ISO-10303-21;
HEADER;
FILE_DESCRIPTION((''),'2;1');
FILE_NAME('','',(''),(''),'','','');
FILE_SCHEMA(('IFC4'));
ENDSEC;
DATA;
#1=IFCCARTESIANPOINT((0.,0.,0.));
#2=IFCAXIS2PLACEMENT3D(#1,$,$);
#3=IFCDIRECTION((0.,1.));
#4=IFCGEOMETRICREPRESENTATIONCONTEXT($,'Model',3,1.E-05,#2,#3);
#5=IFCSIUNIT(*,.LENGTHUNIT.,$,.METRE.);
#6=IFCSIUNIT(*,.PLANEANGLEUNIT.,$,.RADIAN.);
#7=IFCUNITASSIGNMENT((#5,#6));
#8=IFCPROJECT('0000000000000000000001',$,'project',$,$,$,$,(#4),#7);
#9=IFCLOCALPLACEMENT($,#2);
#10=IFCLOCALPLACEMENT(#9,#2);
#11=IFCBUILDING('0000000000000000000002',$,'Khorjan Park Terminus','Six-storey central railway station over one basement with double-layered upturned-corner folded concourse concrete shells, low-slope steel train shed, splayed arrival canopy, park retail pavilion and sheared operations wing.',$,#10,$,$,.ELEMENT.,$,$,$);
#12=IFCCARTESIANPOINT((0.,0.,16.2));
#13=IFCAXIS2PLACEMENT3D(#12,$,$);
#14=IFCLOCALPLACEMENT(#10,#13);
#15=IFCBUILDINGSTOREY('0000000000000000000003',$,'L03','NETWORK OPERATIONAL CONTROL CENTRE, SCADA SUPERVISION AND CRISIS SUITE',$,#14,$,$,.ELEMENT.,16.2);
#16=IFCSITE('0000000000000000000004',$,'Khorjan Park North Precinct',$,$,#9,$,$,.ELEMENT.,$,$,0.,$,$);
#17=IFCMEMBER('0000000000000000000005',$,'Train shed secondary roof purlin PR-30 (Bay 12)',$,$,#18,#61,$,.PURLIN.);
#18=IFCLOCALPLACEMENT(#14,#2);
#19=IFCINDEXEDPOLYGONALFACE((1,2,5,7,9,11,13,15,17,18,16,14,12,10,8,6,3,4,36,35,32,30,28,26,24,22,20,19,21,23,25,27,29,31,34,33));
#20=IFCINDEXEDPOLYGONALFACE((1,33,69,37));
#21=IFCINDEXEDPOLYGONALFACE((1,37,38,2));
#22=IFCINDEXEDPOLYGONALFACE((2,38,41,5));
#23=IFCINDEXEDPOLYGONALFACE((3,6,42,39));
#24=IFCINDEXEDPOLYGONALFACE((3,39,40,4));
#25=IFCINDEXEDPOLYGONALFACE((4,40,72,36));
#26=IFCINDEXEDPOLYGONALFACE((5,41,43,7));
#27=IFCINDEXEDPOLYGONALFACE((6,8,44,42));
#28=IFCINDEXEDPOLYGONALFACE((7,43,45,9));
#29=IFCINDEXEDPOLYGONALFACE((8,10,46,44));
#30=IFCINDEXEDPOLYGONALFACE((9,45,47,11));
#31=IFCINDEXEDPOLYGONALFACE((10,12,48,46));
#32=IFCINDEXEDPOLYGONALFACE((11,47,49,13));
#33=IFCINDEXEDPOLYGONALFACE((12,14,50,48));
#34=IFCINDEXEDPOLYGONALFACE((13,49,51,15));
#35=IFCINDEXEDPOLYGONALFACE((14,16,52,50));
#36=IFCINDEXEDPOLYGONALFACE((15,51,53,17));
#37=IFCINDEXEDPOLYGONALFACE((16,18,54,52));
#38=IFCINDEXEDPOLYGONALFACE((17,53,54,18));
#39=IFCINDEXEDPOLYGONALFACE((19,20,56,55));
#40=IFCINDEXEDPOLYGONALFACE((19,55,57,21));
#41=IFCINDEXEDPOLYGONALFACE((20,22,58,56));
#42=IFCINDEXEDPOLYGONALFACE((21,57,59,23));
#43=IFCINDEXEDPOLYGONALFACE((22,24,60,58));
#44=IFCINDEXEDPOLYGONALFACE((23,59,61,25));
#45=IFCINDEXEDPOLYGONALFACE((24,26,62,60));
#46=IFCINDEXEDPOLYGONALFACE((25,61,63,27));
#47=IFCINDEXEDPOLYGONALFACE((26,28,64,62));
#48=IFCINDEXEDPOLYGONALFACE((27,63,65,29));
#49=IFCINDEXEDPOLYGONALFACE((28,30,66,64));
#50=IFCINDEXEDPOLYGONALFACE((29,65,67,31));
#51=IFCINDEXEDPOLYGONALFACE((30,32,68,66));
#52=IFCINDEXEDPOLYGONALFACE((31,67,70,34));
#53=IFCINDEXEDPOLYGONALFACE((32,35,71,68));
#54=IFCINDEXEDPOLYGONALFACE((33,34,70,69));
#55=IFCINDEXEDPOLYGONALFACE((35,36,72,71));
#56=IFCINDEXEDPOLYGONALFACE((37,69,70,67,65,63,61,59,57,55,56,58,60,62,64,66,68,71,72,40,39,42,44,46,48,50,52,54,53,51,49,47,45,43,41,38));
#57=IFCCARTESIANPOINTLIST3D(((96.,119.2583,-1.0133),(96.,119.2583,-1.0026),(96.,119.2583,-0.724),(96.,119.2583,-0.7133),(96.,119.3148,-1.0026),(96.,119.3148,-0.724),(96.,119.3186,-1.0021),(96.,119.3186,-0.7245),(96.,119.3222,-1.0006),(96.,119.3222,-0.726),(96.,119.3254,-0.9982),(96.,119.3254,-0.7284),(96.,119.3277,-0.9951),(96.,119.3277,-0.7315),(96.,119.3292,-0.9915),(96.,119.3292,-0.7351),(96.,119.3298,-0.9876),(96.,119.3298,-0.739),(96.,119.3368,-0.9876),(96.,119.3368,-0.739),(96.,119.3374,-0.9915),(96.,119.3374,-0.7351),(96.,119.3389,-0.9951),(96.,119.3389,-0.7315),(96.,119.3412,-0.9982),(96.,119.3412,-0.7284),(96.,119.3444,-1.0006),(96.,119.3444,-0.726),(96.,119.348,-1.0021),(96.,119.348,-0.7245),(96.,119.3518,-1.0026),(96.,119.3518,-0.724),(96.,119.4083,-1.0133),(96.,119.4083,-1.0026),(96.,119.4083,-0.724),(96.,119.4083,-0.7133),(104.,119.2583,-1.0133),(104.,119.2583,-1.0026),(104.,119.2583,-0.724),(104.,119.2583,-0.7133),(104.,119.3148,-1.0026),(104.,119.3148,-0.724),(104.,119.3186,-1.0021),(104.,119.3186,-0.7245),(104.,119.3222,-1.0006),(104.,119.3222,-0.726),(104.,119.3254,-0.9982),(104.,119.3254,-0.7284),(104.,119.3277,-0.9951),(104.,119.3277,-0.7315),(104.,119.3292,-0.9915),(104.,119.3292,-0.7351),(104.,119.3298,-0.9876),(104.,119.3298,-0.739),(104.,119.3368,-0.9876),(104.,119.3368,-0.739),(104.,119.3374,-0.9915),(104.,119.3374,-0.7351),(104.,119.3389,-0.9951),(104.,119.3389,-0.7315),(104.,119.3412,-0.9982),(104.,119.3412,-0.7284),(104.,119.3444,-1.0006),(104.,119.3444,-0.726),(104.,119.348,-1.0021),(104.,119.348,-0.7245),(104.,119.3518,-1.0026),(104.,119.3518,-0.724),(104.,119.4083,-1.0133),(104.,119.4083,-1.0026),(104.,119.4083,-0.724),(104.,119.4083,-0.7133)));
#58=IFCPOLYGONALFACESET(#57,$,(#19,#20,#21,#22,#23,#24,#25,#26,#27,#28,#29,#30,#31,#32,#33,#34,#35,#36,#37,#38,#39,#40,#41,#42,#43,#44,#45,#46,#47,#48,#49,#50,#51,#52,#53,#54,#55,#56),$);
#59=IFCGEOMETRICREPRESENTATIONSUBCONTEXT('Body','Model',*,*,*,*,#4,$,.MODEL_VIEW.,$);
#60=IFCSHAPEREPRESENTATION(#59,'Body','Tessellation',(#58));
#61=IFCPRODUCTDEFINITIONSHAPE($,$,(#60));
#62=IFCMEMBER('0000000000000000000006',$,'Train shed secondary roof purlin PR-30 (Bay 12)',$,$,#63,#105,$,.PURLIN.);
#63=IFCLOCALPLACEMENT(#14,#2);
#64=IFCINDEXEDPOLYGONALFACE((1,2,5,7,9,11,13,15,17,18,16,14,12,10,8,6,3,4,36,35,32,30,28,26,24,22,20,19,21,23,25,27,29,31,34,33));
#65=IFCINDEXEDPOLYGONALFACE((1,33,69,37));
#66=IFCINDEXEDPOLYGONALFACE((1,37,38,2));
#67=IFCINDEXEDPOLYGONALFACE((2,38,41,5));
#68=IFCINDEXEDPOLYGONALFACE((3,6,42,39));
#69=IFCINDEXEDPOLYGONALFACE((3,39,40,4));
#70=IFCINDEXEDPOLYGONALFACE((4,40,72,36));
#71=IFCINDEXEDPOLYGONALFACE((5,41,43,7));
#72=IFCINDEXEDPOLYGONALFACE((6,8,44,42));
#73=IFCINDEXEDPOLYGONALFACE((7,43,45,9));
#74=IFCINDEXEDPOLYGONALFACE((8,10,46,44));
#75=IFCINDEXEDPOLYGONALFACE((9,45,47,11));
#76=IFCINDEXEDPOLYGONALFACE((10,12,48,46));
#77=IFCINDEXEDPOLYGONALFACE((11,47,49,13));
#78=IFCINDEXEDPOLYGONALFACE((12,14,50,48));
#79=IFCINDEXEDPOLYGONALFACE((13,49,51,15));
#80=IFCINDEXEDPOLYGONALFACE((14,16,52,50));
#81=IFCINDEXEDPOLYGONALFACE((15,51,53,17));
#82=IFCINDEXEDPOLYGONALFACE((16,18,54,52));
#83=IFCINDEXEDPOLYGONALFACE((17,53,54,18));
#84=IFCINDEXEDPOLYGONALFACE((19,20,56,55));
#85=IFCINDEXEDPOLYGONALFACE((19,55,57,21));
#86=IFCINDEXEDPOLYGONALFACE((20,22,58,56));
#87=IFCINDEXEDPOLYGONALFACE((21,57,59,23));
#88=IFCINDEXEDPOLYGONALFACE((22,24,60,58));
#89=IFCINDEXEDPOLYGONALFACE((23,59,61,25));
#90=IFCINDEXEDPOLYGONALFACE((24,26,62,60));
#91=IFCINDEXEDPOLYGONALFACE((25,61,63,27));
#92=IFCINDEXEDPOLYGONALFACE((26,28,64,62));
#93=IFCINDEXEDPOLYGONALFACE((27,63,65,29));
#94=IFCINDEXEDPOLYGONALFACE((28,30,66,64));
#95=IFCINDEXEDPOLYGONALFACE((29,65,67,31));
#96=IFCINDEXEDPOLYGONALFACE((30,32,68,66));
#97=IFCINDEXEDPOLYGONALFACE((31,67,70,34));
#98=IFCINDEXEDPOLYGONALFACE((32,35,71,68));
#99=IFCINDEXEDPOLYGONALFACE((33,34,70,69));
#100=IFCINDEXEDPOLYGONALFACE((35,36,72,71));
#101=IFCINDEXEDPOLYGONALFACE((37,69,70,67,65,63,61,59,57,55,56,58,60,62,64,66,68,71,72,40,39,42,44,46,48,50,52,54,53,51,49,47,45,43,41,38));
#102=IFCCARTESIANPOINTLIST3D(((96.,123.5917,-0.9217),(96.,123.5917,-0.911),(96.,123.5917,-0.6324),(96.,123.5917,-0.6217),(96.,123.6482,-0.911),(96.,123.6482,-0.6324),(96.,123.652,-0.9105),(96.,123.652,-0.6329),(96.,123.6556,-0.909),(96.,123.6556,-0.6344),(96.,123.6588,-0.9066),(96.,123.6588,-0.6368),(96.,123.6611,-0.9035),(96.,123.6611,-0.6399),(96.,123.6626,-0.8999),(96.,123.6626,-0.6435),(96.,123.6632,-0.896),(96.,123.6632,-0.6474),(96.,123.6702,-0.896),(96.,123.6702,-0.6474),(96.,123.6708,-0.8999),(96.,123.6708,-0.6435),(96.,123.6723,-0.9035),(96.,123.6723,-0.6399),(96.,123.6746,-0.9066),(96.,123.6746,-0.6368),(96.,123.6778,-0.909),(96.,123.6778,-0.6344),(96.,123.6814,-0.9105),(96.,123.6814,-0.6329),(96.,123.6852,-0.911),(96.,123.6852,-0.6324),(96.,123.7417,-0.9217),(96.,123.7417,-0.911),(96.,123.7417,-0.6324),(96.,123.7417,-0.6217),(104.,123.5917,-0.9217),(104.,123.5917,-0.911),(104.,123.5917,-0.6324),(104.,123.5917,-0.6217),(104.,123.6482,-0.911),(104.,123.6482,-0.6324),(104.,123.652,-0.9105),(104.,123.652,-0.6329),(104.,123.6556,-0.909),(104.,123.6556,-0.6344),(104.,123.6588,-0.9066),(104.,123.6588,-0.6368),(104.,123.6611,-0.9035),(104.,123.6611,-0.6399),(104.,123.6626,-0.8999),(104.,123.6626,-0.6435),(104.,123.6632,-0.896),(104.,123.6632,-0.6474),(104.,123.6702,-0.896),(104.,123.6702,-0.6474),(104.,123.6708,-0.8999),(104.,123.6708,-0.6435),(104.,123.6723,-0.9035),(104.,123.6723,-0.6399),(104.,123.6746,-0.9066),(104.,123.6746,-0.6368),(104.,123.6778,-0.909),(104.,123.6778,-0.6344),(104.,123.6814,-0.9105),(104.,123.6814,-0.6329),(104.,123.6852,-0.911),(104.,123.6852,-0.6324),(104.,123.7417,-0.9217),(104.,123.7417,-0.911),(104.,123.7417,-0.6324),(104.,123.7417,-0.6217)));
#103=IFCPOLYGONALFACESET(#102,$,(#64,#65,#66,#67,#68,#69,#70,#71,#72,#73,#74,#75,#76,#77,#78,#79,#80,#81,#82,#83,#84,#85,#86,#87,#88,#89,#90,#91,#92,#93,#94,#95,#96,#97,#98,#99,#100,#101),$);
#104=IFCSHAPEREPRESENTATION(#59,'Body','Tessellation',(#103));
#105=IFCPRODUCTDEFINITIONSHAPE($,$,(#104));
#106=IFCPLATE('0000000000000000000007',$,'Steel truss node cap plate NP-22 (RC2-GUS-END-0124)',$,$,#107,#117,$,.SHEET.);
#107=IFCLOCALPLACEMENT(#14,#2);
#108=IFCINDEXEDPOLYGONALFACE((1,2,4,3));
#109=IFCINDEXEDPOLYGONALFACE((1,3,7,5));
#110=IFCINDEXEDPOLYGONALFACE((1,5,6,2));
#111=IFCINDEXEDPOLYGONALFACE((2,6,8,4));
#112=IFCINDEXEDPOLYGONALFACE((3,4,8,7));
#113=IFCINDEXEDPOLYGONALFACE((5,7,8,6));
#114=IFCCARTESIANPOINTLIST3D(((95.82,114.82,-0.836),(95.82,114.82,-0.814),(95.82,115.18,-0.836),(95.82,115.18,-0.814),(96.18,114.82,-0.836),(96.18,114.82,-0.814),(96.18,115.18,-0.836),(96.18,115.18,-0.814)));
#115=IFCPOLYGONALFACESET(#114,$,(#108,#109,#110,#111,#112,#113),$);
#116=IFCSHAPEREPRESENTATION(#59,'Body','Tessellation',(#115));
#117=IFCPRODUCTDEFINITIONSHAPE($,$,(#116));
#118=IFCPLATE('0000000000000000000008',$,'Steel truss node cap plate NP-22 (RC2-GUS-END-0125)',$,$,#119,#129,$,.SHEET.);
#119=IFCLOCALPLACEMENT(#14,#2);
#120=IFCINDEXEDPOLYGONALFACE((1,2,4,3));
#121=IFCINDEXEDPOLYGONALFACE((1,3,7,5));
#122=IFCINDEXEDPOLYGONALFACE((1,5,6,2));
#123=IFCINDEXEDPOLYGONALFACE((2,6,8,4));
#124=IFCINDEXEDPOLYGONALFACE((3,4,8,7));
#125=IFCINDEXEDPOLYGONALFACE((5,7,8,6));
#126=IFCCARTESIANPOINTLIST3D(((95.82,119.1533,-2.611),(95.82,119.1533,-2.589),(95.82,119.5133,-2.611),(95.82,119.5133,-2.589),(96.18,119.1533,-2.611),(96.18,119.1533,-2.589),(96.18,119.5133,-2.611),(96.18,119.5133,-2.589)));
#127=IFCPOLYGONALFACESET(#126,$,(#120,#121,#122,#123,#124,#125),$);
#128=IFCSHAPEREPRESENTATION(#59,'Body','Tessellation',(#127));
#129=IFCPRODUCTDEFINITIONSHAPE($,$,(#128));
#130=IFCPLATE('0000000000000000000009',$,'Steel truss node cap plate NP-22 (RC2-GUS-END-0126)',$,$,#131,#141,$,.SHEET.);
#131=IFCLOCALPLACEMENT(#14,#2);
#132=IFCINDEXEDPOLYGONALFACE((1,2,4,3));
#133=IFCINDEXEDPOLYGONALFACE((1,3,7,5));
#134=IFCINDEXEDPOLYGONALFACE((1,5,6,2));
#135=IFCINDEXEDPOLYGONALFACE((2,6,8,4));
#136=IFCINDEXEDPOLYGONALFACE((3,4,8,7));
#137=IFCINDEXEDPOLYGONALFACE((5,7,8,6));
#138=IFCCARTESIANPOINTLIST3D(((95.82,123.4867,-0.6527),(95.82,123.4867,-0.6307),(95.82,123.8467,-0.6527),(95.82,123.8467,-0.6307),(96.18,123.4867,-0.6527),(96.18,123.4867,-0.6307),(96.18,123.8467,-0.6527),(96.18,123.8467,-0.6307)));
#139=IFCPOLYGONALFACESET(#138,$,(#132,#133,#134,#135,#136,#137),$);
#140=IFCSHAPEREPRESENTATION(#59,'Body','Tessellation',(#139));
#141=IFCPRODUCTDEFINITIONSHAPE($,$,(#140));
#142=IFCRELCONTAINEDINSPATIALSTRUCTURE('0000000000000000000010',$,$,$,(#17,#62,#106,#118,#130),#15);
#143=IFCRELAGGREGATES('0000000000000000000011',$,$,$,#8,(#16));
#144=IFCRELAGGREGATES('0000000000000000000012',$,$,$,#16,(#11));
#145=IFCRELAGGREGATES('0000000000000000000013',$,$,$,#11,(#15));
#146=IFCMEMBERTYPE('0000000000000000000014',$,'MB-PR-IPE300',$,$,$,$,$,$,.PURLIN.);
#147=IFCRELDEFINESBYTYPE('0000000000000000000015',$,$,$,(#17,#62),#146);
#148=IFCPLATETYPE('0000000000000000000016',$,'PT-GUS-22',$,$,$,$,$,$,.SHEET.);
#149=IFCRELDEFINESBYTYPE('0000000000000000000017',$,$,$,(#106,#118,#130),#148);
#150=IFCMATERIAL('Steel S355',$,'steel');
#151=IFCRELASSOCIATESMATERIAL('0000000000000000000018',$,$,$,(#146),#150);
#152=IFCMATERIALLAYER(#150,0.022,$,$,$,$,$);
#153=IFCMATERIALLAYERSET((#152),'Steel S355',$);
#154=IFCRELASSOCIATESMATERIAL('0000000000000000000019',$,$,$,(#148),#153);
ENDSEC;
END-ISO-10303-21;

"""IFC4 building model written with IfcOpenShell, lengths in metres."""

from ifc_helpers import new_model, si_unit, direction, frame, origin, origin_2d, place, context, subcontext, project, spatial, rectangle, i_section, extrude, material, layer, layer_set, material_profile, profile_set, type_object, element, save


model = new_model("IFC4")

# Units and contexts
model_context = context("Model", 3, precision=1e-05, world=origin(), true_north=direction((0.0, 1.0)))
body_context = subcontext(model_context, "Body", "Model", "MODEL_VIEW")
ifc_project = project(units=[si_unit("LENGTHUNIT", "METRE"), si_unit("PLANEANGLEUNIT", "RADIAN")], contexts=[model_context])

# Site, building, storey
site_placement = place(None, origin())
site = spatial("IfcSite", under=ifc_project, at=site_placement, Name="Khorjan Park North Precinct", CompositionType="ELEMENT", RefElevation=0.0)
building_placement = place(site_placement, origin())
building = spatial("IfcBuilding", under=site, at=building_placement, Name="Khorjan Park Terminus", Description="Six-storey central railway station over one basement with double-layered upturned-corner folded concourse concrete shells, low-slope steel train shed, splayed arrival canopy, park retail pavilion and sheared operations wing.", CompositionType="ELEMENT")
storey_placement = place(building_placement, frame((0.0, 0.0, 16.2)))
storey = spatial("IfcBuildingStorey", under=building, at=storey_placement, Name="L03", Description="NETWORK OPERATIONAL CONTROL CENTRE, SCADA SUPERVISION AND CRISIS SUITE", CompositionType="ELEMENT", Elevation=16.2)

# Members
ifc_material = material(Name="Steel S355", Category="steel")
ifc_material_profile_1 = material_profile(ifc_material, i_section(OverallWidth=0.15, OverallDepth=0.3, WebThickness=0.0071, FlangeThickness=0.0107, FilletRadius=0.015, at=origin_2d()), Name="IPE 300")
ifc_profile_set_1 = profile_set([ifc_material_profile_1], Name="Steel S355")
member_type_1 = type_object("IfcMemberType", Name="MB-PR-IPE300", PredefinedType="PURLIN", material=ifc_profile_set_1)
for number, where, z_axis, x_axis, name in (
    (1, (96.0, 119.3333, -0.8633), (1.0, 0.0, 0.0), (0.0, 1.0, 0.0), "Train shed secondary roof purlin PR-30 (Bay 12)"),
    (2, (96.0, 123.6667, -0.7717), (1.0, 0.0, 0.0), (0.0, 1.0, 0.0), "Train shed secondary roof purlin PR-30 (Bay 12)"),
):
    element("IfcMember", number, at=place(storey_placement, frame(where, z_axis=z_axis, x_axis=x_axis)), inside=storey, type_object=member_type_1, Name=name, PredefinedType="PURLIN", context=body_context, shape_type="SweptSolid", body=[
        extrude(i_section(OverallWidth=0.15, OverallDepth=0.3, WebThickness=0.0071, FlangeThickness=0.0107, FilletRadius=0.015, at=origin_2d()), origin(), (0.0, 0.0, 1.0), 8.0),
    ])

# Plates
ifc_layer = layer(ifc_material, 0.022)
ifc_layer_set = layer_set([ifc_layer], Name="Steel S355")
plate_type = type_object("IfcPlateType", Name="PT-GUS-22", PredefinedType="SHEET", material=ifc_layer_set)
for number, where, z_axis, x_axis, name in (
    (3, (96.0, 115.0, -0.836), (0.0, 0.0, 1.0), (1.0, 0.0, 0.0), "Steel truss node cap plate NP-22 (RC2-GUS-END-0124)"),
    (4, (96.0, 119.3333, -2.611), (0.0, 0.0, 1.0), (1.0, 0.0, 0.0), "Steel truss node cap plate NP-22 (RC2-GUS-END-0125)"),
    (5, (96.0, 123.6667, -0.6527), (0.0, 0.0, 1.0), (1.0, 0.0, 0.0), "Steel truss node cap plate NP-22 (RC2-GUS-END-0126)"),
):
    element("IfcPlate", number, at=place(storey_placement, frame(where, z_axis=z_axis, x_axis=x_axis)), inside=storey, type_object=plate_type, Name=name, PredefinedType="SHEET", context=body_context, shape_type="SweptSolid", body=[
        extrude(rectangle(XDim=0.36, YDim=0.36, at=origin_2d()), origin(), (0.0, 0.0, 1.0), 0.022),
    ])

save(model, "model.ifc")
